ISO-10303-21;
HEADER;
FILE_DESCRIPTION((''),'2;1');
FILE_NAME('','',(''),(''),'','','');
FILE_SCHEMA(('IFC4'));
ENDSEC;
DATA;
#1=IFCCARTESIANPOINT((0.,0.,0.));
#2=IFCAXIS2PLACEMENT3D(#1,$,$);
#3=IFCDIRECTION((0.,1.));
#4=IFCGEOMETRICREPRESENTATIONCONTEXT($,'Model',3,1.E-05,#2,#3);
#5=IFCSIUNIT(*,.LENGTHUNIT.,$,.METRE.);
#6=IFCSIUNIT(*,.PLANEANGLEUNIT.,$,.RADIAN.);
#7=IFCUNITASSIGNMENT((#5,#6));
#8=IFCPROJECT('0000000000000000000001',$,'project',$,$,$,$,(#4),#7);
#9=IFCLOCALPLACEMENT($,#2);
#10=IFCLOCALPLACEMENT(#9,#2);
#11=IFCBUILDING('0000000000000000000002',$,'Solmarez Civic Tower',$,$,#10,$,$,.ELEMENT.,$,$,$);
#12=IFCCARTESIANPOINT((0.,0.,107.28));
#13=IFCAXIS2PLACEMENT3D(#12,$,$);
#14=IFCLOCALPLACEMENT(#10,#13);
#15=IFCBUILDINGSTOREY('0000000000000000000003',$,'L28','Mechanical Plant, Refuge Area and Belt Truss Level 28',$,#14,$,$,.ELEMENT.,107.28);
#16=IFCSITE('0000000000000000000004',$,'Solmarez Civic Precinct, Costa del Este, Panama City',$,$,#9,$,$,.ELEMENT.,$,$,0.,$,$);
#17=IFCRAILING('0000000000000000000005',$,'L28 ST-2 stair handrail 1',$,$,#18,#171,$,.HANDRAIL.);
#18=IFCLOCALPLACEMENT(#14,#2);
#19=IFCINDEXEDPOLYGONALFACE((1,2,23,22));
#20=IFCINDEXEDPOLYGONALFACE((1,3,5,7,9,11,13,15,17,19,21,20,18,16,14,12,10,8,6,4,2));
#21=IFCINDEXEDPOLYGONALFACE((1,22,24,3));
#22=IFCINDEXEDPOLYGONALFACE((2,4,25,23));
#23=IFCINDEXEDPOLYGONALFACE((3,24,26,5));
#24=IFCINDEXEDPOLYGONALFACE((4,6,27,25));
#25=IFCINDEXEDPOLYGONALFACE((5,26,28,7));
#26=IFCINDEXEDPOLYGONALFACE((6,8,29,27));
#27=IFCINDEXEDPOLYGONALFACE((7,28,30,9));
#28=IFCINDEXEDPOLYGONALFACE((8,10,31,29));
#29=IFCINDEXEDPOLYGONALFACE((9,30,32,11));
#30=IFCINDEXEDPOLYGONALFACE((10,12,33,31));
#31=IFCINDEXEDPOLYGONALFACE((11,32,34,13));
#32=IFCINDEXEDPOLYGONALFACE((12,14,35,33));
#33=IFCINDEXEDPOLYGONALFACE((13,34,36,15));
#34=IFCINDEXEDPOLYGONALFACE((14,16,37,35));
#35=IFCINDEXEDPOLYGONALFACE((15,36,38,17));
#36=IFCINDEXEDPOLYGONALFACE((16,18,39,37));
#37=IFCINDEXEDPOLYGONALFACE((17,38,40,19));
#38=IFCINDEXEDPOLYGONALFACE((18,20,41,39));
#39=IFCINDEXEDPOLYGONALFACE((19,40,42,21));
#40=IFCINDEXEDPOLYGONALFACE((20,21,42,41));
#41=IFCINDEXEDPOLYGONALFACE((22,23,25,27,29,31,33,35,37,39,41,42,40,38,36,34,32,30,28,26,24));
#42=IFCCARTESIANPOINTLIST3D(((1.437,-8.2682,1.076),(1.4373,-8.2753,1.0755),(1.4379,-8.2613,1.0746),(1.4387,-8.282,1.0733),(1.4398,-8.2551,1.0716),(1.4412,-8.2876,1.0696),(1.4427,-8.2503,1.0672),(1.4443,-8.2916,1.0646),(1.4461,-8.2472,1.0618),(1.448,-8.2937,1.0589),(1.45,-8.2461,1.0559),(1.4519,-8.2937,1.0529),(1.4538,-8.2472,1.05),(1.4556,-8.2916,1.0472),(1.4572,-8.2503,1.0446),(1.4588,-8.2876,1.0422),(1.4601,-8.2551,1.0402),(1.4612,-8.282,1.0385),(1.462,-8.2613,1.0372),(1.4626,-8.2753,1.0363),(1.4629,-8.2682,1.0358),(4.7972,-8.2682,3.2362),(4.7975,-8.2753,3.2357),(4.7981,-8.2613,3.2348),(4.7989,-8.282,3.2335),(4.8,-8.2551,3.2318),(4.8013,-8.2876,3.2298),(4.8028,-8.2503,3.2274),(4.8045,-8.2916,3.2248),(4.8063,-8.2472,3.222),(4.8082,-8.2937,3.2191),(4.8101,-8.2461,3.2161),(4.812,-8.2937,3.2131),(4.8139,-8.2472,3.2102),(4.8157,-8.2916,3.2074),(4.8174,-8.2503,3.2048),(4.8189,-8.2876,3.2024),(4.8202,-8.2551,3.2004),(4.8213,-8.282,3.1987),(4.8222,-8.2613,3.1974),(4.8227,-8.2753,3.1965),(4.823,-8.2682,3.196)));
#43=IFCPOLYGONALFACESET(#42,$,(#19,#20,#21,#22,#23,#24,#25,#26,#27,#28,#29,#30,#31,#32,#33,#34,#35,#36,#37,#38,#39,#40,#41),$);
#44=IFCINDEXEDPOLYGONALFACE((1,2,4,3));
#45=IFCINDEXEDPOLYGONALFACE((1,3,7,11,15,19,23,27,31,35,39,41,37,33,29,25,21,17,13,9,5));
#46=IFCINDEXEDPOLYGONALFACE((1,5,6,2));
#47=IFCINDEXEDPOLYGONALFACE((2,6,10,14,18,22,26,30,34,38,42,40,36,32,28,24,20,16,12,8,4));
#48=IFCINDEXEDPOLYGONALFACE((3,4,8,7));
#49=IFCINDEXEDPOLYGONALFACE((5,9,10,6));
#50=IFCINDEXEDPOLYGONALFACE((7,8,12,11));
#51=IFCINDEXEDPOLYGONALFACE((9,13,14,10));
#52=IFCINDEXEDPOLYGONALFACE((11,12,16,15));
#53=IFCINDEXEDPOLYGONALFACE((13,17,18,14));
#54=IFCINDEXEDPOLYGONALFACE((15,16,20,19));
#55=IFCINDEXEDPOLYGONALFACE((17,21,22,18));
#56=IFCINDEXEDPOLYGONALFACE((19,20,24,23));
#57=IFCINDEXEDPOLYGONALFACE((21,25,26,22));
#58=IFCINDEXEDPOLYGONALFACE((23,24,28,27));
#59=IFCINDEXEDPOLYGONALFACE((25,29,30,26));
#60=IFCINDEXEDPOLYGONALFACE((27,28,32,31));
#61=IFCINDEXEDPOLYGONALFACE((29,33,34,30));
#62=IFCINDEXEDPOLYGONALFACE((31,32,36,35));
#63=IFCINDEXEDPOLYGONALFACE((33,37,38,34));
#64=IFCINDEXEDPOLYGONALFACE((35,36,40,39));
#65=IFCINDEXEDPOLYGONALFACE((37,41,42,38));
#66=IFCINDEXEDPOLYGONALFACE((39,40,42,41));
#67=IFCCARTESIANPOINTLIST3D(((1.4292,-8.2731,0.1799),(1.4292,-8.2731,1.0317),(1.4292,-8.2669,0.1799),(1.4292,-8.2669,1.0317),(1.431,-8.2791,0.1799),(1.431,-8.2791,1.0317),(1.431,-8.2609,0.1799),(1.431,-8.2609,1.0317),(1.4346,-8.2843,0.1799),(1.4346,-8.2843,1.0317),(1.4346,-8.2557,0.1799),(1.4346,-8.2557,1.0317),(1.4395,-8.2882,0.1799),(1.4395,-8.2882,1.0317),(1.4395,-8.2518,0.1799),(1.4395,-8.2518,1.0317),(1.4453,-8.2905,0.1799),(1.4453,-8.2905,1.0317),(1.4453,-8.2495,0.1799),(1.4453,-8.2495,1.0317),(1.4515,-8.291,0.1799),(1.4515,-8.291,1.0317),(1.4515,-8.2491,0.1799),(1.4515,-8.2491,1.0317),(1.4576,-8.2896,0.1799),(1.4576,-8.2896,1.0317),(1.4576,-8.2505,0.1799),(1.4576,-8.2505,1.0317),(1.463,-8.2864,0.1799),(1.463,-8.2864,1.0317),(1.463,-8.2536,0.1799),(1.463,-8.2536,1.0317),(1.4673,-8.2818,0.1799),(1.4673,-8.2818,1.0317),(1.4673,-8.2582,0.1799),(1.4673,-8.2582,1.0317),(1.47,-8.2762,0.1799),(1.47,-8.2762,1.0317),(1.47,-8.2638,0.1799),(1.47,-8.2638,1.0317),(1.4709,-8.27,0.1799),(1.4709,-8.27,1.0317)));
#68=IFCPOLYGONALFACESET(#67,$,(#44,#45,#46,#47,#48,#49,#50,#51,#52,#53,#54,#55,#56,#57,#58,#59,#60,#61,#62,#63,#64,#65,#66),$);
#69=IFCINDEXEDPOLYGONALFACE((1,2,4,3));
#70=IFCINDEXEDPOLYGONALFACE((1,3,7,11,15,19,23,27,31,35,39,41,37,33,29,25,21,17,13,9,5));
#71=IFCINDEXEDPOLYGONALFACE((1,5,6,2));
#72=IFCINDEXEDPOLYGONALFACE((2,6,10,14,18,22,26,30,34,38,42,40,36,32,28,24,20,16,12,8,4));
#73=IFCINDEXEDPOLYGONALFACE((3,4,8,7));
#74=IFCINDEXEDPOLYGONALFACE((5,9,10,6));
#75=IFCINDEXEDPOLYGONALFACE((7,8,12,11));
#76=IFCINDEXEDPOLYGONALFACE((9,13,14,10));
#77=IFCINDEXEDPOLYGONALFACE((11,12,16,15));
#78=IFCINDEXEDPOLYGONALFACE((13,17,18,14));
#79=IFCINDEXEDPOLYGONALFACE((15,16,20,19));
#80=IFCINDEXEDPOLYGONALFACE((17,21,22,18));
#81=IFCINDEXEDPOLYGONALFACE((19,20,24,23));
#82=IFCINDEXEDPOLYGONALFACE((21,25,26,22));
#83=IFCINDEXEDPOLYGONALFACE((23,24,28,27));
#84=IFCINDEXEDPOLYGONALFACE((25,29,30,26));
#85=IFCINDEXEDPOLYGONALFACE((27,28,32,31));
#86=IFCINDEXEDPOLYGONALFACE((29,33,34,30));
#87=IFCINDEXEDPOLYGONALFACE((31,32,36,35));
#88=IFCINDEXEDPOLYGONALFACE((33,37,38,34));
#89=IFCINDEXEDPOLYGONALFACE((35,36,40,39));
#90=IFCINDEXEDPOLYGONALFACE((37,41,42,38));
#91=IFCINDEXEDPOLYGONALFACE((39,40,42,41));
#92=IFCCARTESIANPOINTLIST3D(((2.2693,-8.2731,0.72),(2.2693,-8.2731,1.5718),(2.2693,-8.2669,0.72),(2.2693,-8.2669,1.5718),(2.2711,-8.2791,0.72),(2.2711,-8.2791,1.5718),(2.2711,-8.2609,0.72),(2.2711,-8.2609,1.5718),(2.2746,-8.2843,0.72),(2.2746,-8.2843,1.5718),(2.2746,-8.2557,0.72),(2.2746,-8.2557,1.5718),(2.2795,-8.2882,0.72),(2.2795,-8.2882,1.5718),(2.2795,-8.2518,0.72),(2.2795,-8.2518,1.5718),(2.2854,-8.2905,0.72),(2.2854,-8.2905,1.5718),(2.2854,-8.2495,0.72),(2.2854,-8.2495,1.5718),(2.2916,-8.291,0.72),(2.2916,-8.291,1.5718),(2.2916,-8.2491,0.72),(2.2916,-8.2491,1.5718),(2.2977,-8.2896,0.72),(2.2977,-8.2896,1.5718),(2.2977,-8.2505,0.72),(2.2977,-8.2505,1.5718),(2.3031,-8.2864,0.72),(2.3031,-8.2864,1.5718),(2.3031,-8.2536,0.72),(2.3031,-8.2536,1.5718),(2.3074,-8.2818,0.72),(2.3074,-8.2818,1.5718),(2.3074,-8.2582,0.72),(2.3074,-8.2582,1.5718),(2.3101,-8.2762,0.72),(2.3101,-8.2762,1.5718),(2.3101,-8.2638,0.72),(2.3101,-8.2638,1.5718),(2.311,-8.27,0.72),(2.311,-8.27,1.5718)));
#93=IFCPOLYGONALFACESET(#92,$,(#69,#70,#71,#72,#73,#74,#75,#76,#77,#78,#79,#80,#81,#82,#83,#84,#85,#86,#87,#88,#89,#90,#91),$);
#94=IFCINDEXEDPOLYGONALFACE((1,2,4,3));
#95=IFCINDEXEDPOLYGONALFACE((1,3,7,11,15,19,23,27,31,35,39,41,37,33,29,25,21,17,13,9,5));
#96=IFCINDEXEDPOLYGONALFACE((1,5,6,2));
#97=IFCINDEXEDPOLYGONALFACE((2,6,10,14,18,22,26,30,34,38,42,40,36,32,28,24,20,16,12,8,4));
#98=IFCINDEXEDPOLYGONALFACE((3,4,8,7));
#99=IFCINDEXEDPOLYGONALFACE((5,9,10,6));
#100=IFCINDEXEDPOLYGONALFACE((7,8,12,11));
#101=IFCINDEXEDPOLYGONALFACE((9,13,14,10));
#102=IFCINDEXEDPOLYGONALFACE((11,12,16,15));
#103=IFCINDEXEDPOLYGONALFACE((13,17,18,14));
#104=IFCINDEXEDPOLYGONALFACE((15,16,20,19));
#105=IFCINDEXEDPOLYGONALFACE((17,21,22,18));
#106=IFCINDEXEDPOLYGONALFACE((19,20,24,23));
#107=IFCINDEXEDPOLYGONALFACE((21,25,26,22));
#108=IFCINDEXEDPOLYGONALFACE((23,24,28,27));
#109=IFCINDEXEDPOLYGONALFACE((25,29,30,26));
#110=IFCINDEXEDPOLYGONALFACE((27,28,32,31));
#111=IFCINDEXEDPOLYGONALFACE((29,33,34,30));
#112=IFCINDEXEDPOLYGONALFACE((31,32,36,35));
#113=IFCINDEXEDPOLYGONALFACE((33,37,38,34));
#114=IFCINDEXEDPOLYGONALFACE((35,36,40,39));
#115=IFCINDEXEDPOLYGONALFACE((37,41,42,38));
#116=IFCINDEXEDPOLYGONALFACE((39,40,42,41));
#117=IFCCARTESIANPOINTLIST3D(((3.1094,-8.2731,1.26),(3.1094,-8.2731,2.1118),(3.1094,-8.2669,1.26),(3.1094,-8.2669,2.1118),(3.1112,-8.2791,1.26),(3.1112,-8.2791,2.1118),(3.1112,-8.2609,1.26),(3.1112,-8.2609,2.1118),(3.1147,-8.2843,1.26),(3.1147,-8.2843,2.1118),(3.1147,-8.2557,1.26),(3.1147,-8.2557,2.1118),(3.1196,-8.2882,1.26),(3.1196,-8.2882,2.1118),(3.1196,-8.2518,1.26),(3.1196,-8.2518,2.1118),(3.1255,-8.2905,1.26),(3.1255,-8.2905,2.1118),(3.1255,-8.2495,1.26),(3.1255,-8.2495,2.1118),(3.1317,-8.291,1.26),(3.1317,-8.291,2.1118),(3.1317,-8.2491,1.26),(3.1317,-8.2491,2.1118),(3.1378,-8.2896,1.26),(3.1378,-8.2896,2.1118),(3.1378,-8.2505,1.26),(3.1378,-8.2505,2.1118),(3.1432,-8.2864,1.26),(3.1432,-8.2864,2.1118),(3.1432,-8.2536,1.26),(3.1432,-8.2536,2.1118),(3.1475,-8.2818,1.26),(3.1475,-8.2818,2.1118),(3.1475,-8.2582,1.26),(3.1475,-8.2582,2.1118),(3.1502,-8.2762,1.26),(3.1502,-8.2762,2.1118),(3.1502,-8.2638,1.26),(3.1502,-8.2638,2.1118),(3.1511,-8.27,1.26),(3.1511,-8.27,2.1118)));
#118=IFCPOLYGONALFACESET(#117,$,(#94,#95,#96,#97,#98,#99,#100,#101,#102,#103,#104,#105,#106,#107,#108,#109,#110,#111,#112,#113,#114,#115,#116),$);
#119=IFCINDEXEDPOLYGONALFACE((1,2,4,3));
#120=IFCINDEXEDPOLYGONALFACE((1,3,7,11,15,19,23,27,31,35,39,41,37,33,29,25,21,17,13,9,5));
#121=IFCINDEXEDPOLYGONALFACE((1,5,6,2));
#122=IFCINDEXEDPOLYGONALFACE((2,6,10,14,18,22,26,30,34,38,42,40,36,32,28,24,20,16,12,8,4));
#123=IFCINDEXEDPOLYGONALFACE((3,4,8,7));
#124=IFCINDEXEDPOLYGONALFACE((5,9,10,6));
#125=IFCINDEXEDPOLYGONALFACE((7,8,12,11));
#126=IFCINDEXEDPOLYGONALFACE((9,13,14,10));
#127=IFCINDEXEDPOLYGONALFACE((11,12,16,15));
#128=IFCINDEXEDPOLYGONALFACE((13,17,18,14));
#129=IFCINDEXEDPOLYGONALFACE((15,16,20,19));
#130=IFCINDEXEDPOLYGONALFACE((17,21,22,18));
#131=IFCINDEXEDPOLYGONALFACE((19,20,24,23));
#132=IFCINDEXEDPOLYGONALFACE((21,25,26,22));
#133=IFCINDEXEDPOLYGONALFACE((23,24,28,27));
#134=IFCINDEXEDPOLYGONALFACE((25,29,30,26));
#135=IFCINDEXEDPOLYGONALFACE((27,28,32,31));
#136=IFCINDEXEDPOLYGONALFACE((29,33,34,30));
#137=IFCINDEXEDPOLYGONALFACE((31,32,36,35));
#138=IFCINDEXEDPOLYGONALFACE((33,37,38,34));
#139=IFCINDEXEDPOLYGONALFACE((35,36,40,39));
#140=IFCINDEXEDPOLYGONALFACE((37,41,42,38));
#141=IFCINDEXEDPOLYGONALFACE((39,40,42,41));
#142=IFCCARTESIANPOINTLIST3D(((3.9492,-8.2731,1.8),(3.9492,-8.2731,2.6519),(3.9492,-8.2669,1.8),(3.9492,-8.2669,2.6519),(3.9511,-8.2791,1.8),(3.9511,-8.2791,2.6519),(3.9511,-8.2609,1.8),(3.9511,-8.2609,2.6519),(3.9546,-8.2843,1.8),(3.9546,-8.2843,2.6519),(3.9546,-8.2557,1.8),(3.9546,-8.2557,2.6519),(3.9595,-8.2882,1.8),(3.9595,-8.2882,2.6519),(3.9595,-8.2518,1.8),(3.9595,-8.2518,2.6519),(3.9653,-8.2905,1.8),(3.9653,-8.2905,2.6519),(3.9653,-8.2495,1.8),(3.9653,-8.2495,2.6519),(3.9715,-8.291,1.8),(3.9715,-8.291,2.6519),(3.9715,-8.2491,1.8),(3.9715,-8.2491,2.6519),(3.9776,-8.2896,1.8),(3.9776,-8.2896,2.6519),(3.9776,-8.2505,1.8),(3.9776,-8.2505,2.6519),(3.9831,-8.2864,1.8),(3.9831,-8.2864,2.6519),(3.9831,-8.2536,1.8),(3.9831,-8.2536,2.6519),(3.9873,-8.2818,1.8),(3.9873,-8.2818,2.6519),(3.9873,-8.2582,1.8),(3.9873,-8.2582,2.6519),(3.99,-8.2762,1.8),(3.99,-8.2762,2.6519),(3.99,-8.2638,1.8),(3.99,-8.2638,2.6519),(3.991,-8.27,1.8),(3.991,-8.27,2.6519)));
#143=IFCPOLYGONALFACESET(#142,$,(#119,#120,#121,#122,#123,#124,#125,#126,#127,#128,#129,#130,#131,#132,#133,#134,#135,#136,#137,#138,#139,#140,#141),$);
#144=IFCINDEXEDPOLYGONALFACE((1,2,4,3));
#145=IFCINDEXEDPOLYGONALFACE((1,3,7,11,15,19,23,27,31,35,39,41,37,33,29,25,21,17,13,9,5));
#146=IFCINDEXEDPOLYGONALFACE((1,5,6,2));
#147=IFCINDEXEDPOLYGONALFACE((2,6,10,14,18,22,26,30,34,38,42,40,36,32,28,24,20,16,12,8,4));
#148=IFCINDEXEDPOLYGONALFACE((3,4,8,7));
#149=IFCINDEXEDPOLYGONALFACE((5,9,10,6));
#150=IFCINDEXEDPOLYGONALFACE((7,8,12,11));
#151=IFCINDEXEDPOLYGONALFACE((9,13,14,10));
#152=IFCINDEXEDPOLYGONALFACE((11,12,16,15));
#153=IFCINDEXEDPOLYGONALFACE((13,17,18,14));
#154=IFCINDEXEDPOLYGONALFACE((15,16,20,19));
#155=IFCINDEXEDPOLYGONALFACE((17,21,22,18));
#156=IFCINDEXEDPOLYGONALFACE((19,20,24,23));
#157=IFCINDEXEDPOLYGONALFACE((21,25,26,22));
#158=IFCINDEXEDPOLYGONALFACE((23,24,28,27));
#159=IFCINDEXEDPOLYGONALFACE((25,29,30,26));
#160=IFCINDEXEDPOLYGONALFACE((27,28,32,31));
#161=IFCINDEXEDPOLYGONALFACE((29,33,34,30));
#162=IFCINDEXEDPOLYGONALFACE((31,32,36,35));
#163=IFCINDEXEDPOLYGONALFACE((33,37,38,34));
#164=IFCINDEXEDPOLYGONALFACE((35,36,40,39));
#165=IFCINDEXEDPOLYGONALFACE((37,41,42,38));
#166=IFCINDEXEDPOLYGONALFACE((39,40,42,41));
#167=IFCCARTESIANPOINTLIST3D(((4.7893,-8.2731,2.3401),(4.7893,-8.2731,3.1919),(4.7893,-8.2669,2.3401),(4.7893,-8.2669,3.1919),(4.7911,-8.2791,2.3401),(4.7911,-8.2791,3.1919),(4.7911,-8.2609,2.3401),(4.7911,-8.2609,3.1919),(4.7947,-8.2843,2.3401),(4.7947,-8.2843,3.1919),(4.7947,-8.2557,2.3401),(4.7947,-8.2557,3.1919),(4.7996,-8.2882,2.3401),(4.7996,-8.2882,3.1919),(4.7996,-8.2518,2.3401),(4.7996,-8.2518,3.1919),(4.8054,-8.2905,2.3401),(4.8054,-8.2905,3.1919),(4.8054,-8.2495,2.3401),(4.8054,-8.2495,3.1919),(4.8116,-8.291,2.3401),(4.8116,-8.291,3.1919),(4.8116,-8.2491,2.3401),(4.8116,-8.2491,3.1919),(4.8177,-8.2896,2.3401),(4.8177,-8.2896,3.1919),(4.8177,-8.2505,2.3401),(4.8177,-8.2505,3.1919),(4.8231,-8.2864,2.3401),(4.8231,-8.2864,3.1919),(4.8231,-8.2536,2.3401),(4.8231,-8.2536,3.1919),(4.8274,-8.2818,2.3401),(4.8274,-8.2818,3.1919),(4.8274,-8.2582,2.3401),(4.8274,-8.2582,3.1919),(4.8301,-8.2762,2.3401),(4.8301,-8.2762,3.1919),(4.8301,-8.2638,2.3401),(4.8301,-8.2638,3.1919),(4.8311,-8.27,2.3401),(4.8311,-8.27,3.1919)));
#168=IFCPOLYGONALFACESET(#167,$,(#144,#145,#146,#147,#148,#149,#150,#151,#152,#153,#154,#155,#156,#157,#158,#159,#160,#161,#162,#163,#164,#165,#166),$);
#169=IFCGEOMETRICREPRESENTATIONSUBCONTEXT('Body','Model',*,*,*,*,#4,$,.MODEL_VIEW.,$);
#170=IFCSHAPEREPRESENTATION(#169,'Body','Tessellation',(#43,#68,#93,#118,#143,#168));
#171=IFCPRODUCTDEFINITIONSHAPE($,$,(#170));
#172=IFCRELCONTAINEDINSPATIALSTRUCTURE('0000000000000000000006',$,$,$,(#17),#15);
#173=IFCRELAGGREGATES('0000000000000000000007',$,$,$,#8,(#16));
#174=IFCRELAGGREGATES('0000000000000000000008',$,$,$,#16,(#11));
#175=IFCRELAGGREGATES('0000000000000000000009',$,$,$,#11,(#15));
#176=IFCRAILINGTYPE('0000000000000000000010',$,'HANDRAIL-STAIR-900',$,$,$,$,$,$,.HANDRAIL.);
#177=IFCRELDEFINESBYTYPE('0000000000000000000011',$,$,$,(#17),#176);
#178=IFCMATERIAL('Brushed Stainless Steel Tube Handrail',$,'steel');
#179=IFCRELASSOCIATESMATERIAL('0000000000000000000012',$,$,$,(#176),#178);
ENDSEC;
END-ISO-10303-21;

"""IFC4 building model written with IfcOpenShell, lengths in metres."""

from ifc_helpers import new_model, si_unit, direction, frame, origin, origin_2d, place, context, subcontext, project, spatial, circle, extrude, material, type_object, element, save


model = new_model("IFC4")

# Units and contexts
model_context = context("Model", 3, precision=1e-05, world=origin(), true_north=direction((0.0, 1.0)))
body_context = subcontext(model_context, "Body", "Model", "MODEL_VIEW")
ifc_project = project(units=[si_unit("LENGTHUNIT", "METRE"), si_unit("PLANEANGLEUNIT", "RADIAN")], contexts=[model_context])

# Site, building, storey
site_placement = place(None, origin())
site = spatial("IfcSite", under=ifc_project, at=site_placement, Name="Solmarez Civic Precinct, Costa del Este, Panama City", CompositionType="ELEMENT", RefElevation=0.0)
building_placement = place(site_placement, origin())
building = spatial("IfcBuilding", under=site, at=building_placement, Name="Solmarez Civic Tower", CompositionType="ELEMENT")
storey_placement = place(building_placement, frame((0.0, 0.0, 107.28)))
storey = spatial("IfcBuildingStorey", under=building, at=storey_placement, Name="L28", Description="Mechanical Plant, Refuge Area and Belt Truss Level 28", CompositionType="ELEMENT", Elevation=107.28)

# Railing
ifc_material_1 = material(Name="Brushed Stainless Steel Tube Handrail", Category="steel")
railing_type_1 = type_object("IfcRailingType", Name="HANDRAIL-STAIR-900", PredefinedType="HANDRAIL", material=ifc_material_1)
railing_1_placement = place(storey_placement, frame((1.45, -8.27, 0.1799)))
element("IfcRailing", 1, at=railing_1_placement, inside=storey, type_object=railing_type_1, Name="L28 ST-2 stair handrail 1", PredefinedType="HANDRAIL", context=body_context, shape_type="SweptSolid", body=[
    extrude(circle(Radius=0.0239, at=origin_2d()), frame((0.0, 0.0, 0.876), z_axis=(0.841169, 0.0, 0.540773), x_axis=(0.0, 1.0, 0.0)), (0.0, 0.0, 1.0), 3.9946),
    extrude(circle(Radius=0.021, at=origin_2d()), origin(), (0.0, 0.0, 1.0), 0.8518),
    extrude(circle(Radius=0.021, at=origin_2d()), frame((0.8401, 0.0, 0.54)), (0.0, 0.0, 1.0), 0.8518),
    extrude(circle(Radius=0.021, at=origin_2d()), frame((1.6802, 0.0, 1.0801)), (0.0, 0.0, 1.0), 0.8518),
    extrude(circle(Radius=0.021, at=origin_2d()), frame((2.52, 0.0, 1.6201)), (0.0, 0.0, 1.0), 0.8518),
    extrude(circle(Radius=0.021, at=origin_2d()), frame((3.3601, 0.0, 2.1602)), (0.0, 0.0, 1.0), 0.8518),
])

save(model, "model.ifc")
